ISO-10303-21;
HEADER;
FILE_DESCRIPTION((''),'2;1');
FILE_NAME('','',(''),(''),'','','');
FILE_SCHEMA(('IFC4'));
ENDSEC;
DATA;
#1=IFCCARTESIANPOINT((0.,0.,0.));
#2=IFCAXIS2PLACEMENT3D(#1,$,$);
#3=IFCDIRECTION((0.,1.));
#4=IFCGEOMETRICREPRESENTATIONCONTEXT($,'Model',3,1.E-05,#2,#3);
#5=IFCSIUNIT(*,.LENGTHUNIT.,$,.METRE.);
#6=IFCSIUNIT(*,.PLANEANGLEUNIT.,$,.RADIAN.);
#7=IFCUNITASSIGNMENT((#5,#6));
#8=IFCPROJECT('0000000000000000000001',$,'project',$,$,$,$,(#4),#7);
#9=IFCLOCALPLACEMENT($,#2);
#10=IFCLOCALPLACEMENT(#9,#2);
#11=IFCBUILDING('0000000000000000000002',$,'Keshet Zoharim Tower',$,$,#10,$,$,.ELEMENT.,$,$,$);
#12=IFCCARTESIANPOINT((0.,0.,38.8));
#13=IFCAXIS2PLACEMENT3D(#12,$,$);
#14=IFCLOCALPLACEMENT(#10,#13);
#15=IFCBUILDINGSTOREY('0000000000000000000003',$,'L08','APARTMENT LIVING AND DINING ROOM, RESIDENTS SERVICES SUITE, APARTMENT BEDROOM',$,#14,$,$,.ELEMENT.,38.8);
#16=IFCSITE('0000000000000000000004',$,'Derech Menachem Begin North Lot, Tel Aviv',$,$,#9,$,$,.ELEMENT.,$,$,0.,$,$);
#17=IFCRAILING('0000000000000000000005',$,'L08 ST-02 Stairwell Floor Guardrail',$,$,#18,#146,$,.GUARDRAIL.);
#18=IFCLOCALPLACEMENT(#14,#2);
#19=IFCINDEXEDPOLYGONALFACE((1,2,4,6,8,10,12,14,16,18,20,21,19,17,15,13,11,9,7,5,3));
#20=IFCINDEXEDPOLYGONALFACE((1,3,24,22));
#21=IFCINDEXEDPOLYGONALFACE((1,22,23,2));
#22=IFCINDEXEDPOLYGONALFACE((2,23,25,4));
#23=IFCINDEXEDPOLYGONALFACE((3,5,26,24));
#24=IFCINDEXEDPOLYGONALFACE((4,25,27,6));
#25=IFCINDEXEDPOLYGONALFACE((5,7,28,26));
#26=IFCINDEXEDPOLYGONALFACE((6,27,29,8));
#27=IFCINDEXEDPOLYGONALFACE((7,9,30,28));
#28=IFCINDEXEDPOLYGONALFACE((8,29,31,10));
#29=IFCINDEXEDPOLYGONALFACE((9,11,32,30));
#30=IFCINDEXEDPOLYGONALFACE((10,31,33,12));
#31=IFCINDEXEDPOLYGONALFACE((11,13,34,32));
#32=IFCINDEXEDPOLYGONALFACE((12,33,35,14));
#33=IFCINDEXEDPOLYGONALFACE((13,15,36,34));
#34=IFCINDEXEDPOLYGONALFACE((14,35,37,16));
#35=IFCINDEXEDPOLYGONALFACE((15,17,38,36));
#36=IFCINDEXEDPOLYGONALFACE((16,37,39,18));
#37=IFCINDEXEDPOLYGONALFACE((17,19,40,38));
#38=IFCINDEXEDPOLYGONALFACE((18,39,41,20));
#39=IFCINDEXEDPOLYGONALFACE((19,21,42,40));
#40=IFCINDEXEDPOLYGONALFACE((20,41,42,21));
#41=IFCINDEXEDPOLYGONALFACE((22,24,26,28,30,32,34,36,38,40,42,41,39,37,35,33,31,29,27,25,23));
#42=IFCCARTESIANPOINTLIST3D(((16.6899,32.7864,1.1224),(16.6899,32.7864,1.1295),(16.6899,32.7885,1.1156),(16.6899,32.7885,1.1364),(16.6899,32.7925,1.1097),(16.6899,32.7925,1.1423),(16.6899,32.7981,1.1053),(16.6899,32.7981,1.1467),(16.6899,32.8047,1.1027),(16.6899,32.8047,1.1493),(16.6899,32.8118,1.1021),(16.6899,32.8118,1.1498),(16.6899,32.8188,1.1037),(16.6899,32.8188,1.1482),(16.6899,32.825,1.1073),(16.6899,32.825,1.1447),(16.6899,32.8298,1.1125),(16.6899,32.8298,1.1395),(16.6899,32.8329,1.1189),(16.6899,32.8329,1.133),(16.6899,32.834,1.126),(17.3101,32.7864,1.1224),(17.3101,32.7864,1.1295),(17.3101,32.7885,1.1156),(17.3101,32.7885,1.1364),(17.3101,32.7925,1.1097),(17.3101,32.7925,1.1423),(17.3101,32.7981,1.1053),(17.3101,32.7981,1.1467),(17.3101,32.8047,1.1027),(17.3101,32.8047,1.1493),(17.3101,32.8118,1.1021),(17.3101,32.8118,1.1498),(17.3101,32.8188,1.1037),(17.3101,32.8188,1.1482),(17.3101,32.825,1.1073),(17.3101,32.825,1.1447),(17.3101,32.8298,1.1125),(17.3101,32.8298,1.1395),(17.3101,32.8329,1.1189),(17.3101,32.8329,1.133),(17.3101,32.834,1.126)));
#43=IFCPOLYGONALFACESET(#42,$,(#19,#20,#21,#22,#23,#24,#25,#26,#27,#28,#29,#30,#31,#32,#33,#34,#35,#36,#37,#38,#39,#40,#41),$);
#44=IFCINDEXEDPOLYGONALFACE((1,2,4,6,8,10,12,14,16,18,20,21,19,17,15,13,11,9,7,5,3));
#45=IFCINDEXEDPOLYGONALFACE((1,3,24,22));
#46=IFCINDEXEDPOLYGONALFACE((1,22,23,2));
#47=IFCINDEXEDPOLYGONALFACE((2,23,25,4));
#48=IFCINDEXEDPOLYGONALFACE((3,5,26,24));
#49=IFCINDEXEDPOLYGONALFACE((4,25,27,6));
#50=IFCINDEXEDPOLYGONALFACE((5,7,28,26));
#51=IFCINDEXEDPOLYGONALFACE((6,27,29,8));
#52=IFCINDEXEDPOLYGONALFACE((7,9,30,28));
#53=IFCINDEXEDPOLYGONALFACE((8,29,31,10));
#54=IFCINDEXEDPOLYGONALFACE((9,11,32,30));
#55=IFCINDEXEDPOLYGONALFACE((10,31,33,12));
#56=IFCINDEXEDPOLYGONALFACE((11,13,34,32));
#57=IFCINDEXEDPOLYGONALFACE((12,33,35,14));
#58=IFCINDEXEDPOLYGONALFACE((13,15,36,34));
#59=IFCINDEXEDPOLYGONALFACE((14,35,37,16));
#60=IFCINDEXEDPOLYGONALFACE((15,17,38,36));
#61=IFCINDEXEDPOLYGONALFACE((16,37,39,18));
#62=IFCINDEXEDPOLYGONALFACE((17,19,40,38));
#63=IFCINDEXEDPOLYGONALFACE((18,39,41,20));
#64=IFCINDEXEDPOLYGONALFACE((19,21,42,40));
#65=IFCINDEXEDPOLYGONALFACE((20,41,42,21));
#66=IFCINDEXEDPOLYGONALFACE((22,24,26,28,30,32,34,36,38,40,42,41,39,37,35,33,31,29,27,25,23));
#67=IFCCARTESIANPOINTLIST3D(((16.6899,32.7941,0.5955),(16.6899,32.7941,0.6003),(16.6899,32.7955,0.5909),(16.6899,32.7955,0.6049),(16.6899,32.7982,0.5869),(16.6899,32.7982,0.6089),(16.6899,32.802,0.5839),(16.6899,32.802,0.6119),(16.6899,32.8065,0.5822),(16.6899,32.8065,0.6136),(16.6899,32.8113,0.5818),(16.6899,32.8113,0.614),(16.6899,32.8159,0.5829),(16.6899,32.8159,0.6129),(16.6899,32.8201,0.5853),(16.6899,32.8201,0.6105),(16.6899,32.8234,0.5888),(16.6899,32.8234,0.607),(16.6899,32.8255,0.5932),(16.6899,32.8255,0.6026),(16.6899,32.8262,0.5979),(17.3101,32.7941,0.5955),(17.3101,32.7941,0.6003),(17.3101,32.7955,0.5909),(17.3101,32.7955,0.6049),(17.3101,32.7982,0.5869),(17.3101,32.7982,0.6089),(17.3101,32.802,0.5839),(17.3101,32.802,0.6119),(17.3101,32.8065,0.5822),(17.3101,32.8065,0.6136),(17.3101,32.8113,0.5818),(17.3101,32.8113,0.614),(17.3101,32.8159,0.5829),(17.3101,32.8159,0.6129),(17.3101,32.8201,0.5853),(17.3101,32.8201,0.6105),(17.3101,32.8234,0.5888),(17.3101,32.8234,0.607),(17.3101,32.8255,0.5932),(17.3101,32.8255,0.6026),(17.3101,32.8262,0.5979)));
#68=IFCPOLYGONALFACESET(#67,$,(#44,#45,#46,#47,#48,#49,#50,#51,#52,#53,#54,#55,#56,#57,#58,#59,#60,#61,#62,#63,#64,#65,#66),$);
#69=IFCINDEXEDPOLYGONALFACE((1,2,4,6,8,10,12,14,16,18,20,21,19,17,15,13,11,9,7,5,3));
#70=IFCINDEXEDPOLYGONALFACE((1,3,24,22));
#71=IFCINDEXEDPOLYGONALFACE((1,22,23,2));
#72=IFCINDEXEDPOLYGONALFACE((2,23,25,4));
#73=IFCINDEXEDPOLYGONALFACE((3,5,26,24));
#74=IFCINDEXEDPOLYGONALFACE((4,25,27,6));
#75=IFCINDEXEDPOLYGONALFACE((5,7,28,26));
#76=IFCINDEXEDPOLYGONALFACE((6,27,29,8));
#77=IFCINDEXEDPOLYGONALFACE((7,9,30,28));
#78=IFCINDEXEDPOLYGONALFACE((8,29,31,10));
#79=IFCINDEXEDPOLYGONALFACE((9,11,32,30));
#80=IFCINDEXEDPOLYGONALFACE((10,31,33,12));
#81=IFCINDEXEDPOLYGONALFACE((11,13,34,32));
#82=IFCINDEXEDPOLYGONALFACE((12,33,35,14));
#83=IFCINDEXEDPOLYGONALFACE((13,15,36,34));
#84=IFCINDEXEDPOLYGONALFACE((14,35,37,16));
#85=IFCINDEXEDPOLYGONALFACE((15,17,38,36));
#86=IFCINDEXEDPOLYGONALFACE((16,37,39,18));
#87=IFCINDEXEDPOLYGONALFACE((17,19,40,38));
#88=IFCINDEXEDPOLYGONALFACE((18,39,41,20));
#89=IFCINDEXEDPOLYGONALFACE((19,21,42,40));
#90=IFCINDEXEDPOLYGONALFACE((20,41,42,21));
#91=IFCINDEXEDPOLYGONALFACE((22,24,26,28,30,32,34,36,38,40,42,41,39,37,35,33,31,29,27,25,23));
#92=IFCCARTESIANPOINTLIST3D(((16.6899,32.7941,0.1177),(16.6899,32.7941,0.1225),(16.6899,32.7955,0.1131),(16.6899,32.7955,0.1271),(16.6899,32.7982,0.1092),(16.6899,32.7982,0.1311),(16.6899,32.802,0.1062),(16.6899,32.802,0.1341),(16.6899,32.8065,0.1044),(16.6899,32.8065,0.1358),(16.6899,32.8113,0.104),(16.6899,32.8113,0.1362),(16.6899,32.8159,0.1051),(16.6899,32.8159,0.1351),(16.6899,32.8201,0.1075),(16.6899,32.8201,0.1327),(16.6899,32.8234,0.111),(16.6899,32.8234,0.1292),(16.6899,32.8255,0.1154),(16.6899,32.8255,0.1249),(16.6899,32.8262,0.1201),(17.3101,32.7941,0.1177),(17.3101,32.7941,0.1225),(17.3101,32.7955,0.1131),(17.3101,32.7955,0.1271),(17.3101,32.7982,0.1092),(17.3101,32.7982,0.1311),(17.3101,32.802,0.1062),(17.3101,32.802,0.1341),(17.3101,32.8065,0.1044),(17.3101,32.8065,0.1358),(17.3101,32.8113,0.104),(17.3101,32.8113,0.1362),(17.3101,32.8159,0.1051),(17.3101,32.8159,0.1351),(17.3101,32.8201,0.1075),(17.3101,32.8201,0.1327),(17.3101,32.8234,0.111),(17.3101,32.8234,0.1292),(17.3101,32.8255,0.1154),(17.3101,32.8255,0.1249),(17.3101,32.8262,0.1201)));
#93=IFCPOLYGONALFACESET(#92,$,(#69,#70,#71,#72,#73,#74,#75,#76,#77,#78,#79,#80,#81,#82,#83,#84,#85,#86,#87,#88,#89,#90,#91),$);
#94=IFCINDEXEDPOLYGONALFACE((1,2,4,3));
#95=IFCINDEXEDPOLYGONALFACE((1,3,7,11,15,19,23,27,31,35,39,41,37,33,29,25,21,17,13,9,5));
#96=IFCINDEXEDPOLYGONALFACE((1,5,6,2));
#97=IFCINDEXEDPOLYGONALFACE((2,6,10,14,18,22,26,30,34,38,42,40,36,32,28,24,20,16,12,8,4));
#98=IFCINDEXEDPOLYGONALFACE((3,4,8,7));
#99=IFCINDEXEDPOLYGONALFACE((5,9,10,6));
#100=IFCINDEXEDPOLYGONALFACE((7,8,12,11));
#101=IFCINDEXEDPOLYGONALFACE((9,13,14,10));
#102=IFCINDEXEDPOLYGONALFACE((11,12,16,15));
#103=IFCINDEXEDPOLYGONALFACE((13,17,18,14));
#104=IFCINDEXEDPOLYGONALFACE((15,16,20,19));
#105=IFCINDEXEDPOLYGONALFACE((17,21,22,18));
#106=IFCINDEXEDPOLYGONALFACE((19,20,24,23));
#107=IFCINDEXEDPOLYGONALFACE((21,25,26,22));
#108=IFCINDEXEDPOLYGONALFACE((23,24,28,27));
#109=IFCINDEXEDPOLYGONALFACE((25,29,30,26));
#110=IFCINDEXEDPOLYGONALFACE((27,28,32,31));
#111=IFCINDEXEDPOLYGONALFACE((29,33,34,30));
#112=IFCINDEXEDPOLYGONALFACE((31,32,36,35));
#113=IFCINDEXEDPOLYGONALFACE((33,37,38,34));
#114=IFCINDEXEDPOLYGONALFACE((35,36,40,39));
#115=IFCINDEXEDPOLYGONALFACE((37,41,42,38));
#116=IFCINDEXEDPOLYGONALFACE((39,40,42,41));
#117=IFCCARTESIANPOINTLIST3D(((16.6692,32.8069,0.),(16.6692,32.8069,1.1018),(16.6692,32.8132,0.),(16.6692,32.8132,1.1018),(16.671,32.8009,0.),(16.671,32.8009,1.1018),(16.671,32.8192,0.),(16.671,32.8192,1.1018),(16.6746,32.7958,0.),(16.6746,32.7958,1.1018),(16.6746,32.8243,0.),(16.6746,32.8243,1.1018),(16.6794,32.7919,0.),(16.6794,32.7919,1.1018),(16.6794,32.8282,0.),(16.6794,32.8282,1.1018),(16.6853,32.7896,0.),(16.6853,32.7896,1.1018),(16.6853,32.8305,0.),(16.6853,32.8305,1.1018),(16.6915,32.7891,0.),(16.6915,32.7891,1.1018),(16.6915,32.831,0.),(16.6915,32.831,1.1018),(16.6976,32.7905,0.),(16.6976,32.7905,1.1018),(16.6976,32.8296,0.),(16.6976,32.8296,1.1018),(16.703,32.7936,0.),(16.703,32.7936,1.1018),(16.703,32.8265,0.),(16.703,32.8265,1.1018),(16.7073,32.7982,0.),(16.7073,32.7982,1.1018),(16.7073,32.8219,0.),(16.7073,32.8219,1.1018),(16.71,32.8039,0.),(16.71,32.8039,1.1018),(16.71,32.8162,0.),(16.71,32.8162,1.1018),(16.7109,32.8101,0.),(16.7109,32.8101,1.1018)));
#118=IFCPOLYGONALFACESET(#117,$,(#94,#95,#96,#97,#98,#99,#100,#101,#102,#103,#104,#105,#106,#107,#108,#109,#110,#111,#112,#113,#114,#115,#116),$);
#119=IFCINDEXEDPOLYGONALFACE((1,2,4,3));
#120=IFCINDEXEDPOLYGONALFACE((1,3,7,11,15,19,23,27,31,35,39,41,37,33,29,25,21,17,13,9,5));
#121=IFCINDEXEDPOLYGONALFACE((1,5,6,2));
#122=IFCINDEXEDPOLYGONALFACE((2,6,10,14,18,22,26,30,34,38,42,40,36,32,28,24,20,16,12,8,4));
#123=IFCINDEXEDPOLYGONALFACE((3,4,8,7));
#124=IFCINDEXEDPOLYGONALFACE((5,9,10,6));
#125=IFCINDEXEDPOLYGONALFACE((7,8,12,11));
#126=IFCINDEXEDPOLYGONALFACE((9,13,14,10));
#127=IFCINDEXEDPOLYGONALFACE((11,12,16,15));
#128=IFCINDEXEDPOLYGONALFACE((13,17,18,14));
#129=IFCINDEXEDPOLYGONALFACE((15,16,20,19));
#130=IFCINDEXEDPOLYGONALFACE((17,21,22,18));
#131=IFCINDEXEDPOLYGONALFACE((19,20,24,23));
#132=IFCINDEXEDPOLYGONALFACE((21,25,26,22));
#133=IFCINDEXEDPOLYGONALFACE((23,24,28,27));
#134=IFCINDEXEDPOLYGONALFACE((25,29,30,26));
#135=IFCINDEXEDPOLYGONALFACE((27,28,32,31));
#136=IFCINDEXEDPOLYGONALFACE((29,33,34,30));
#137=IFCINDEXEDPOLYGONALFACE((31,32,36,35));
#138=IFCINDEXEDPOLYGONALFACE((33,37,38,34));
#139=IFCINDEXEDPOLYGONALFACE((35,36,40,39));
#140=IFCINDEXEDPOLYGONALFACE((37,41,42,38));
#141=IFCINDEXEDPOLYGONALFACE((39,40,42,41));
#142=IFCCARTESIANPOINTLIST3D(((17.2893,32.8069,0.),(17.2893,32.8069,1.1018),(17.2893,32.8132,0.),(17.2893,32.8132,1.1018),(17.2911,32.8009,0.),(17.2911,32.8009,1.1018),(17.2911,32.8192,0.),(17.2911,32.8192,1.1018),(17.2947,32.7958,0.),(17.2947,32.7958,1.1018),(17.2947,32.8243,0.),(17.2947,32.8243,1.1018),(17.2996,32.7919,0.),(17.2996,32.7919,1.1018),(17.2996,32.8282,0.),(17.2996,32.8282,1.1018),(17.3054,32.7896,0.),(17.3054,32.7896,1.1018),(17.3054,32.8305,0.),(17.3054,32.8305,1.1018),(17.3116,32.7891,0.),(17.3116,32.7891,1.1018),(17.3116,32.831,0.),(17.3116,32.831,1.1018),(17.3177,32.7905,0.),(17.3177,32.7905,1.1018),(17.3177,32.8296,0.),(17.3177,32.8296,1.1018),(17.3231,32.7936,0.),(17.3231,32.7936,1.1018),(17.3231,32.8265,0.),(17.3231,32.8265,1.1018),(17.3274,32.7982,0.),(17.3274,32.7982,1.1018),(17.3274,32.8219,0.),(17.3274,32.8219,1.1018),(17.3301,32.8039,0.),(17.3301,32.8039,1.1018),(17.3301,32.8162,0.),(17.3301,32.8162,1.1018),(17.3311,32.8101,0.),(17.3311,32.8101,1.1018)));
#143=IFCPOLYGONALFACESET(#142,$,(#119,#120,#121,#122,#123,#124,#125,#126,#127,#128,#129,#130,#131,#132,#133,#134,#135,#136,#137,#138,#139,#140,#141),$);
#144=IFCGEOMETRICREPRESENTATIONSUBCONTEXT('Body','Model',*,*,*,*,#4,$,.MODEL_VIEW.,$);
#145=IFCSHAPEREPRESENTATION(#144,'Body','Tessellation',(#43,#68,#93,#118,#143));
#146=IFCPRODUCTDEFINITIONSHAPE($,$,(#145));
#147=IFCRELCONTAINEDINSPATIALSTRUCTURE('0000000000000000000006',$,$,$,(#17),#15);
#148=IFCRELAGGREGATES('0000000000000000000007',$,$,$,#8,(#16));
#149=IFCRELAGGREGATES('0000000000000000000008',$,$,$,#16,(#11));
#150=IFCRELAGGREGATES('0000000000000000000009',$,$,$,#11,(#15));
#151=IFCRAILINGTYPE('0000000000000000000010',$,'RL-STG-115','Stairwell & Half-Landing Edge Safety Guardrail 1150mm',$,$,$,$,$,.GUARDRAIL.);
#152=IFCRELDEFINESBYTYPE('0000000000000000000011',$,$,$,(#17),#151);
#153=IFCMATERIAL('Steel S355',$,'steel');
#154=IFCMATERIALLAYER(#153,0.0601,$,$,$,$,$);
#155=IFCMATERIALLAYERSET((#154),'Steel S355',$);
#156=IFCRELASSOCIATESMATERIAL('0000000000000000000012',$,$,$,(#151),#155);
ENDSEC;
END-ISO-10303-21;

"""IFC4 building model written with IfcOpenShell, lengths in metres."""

from ifc_helpers import new_model, si_unit, direction, frame, origin, origin_2d, place, context, subcontext, project, spatial, circle, extrude, material, layer, layer_set, type_object, element, save


model = new_model("IFC4")

# Units and contexts
model_context = context("Model", 3, precision=1e-05, world=origin(), true_north=direction((0.0, 1.0)))
body_context = subcontext(model_context, "Body", "Model", "MODEL_VIEW")
ifc_project = project(units=[si_unit("LENGTHUNIT", "METRE"), si_unit("PLANEANGLEUNIT", "RADIAN")], contexts=[model_context])

# Site, building, storey
site_placement = place(None, origin())
site = spatial("IfcSite", under=ifc_project, at=site_placement, Name="Derech Menachem Begin North Lot, Tel Aviv", CompositionType="ELEMENT", RefElevation=0.0)
building_placement = place(site_placement, origin())
building = spatial("IfcBuilding", under=site, at=building_placement, Name="Keshet Zoharim Tower", CompositionType="ELEMENT")
storey_placement = place(building_placement, frame((0.0, 0.0, 38.8)))
storey = spatial("IfcBuildingStorey", under=building, at=storey_placement, Name="L08", Description="APARTMENT LIVING AND DINING ROOM, RESIDENTS SERVICES SUITE, APARTMENT BEDROOM", CompositionType="ELEMENT", Elevation=38.8)

# Railing
ifc_material_1 = material(Name="Steel S355", Category="steel")
ifc_layer_1 = layer(ifc_material_1, 0.0601)
ifc_layer_set_1 = layer_set([ifc_layer_1], Name="Steel S355")
railing_type_1 = type_object("IfcRailingType", Name="RL-STG-115", Description="Stairwell & Half-Landing Edge Safety Guardrail 1150mm", PredefinedType="GUARDRAIL", material=ifc_layer_set_1)
railing_1_placement = place(storey_placement, frame((16.6899, 32.8101, 0.0)))
element("IfcRailing", 1, at=railing_1_placement, inside=storey, type_object=railing_type_1, Name="L08 ST-02 Stairwell Floor Guardrail", PredefinedType="GUARDRAIL", context=body_context, shape_type="SweptSolid", body=[
    extrude(circle(Radius=0.0239, at=origin_2d()), frame((0.0, 0.0, 1.126), z_axis=(1.0, 0.0, 0.0), x_axis=(0.0, 1.0, 0.0)), (0.0, 0.0, 1.0), 0.6201),
    extrude(circle(Radius=0.0161, at=origin_2d()), frame((0.0, 0.0, 0.5979), z_axis=(1.0, 0.0, 0.0), x_axis=(0.0, 1.0, 0.0)), (0.0, 0.0, 1.0), 0.6201),
    extrude(circle(Radius=0.0161, at=origin_2d()), frame((0.0, 0.0, 0.1201), z_axis=(1.0, 0.0, 0.0), x_axis=(0.0, 1.0, 0.0)), (0.0, 0.0, 1.0), 0.6201),
    extrude(circle(Radius=0.021, at=origin_2d()), origin(), (0.0, 0.0, 1.0), 1.1018),
    extrude(circle(Radius=0.021, at=origin_2d()), frame((0.6201, 0.0, 0.0)), (0.0, 0.0, 1.0), 1.1018),
])

save(model, "model.ifc")
